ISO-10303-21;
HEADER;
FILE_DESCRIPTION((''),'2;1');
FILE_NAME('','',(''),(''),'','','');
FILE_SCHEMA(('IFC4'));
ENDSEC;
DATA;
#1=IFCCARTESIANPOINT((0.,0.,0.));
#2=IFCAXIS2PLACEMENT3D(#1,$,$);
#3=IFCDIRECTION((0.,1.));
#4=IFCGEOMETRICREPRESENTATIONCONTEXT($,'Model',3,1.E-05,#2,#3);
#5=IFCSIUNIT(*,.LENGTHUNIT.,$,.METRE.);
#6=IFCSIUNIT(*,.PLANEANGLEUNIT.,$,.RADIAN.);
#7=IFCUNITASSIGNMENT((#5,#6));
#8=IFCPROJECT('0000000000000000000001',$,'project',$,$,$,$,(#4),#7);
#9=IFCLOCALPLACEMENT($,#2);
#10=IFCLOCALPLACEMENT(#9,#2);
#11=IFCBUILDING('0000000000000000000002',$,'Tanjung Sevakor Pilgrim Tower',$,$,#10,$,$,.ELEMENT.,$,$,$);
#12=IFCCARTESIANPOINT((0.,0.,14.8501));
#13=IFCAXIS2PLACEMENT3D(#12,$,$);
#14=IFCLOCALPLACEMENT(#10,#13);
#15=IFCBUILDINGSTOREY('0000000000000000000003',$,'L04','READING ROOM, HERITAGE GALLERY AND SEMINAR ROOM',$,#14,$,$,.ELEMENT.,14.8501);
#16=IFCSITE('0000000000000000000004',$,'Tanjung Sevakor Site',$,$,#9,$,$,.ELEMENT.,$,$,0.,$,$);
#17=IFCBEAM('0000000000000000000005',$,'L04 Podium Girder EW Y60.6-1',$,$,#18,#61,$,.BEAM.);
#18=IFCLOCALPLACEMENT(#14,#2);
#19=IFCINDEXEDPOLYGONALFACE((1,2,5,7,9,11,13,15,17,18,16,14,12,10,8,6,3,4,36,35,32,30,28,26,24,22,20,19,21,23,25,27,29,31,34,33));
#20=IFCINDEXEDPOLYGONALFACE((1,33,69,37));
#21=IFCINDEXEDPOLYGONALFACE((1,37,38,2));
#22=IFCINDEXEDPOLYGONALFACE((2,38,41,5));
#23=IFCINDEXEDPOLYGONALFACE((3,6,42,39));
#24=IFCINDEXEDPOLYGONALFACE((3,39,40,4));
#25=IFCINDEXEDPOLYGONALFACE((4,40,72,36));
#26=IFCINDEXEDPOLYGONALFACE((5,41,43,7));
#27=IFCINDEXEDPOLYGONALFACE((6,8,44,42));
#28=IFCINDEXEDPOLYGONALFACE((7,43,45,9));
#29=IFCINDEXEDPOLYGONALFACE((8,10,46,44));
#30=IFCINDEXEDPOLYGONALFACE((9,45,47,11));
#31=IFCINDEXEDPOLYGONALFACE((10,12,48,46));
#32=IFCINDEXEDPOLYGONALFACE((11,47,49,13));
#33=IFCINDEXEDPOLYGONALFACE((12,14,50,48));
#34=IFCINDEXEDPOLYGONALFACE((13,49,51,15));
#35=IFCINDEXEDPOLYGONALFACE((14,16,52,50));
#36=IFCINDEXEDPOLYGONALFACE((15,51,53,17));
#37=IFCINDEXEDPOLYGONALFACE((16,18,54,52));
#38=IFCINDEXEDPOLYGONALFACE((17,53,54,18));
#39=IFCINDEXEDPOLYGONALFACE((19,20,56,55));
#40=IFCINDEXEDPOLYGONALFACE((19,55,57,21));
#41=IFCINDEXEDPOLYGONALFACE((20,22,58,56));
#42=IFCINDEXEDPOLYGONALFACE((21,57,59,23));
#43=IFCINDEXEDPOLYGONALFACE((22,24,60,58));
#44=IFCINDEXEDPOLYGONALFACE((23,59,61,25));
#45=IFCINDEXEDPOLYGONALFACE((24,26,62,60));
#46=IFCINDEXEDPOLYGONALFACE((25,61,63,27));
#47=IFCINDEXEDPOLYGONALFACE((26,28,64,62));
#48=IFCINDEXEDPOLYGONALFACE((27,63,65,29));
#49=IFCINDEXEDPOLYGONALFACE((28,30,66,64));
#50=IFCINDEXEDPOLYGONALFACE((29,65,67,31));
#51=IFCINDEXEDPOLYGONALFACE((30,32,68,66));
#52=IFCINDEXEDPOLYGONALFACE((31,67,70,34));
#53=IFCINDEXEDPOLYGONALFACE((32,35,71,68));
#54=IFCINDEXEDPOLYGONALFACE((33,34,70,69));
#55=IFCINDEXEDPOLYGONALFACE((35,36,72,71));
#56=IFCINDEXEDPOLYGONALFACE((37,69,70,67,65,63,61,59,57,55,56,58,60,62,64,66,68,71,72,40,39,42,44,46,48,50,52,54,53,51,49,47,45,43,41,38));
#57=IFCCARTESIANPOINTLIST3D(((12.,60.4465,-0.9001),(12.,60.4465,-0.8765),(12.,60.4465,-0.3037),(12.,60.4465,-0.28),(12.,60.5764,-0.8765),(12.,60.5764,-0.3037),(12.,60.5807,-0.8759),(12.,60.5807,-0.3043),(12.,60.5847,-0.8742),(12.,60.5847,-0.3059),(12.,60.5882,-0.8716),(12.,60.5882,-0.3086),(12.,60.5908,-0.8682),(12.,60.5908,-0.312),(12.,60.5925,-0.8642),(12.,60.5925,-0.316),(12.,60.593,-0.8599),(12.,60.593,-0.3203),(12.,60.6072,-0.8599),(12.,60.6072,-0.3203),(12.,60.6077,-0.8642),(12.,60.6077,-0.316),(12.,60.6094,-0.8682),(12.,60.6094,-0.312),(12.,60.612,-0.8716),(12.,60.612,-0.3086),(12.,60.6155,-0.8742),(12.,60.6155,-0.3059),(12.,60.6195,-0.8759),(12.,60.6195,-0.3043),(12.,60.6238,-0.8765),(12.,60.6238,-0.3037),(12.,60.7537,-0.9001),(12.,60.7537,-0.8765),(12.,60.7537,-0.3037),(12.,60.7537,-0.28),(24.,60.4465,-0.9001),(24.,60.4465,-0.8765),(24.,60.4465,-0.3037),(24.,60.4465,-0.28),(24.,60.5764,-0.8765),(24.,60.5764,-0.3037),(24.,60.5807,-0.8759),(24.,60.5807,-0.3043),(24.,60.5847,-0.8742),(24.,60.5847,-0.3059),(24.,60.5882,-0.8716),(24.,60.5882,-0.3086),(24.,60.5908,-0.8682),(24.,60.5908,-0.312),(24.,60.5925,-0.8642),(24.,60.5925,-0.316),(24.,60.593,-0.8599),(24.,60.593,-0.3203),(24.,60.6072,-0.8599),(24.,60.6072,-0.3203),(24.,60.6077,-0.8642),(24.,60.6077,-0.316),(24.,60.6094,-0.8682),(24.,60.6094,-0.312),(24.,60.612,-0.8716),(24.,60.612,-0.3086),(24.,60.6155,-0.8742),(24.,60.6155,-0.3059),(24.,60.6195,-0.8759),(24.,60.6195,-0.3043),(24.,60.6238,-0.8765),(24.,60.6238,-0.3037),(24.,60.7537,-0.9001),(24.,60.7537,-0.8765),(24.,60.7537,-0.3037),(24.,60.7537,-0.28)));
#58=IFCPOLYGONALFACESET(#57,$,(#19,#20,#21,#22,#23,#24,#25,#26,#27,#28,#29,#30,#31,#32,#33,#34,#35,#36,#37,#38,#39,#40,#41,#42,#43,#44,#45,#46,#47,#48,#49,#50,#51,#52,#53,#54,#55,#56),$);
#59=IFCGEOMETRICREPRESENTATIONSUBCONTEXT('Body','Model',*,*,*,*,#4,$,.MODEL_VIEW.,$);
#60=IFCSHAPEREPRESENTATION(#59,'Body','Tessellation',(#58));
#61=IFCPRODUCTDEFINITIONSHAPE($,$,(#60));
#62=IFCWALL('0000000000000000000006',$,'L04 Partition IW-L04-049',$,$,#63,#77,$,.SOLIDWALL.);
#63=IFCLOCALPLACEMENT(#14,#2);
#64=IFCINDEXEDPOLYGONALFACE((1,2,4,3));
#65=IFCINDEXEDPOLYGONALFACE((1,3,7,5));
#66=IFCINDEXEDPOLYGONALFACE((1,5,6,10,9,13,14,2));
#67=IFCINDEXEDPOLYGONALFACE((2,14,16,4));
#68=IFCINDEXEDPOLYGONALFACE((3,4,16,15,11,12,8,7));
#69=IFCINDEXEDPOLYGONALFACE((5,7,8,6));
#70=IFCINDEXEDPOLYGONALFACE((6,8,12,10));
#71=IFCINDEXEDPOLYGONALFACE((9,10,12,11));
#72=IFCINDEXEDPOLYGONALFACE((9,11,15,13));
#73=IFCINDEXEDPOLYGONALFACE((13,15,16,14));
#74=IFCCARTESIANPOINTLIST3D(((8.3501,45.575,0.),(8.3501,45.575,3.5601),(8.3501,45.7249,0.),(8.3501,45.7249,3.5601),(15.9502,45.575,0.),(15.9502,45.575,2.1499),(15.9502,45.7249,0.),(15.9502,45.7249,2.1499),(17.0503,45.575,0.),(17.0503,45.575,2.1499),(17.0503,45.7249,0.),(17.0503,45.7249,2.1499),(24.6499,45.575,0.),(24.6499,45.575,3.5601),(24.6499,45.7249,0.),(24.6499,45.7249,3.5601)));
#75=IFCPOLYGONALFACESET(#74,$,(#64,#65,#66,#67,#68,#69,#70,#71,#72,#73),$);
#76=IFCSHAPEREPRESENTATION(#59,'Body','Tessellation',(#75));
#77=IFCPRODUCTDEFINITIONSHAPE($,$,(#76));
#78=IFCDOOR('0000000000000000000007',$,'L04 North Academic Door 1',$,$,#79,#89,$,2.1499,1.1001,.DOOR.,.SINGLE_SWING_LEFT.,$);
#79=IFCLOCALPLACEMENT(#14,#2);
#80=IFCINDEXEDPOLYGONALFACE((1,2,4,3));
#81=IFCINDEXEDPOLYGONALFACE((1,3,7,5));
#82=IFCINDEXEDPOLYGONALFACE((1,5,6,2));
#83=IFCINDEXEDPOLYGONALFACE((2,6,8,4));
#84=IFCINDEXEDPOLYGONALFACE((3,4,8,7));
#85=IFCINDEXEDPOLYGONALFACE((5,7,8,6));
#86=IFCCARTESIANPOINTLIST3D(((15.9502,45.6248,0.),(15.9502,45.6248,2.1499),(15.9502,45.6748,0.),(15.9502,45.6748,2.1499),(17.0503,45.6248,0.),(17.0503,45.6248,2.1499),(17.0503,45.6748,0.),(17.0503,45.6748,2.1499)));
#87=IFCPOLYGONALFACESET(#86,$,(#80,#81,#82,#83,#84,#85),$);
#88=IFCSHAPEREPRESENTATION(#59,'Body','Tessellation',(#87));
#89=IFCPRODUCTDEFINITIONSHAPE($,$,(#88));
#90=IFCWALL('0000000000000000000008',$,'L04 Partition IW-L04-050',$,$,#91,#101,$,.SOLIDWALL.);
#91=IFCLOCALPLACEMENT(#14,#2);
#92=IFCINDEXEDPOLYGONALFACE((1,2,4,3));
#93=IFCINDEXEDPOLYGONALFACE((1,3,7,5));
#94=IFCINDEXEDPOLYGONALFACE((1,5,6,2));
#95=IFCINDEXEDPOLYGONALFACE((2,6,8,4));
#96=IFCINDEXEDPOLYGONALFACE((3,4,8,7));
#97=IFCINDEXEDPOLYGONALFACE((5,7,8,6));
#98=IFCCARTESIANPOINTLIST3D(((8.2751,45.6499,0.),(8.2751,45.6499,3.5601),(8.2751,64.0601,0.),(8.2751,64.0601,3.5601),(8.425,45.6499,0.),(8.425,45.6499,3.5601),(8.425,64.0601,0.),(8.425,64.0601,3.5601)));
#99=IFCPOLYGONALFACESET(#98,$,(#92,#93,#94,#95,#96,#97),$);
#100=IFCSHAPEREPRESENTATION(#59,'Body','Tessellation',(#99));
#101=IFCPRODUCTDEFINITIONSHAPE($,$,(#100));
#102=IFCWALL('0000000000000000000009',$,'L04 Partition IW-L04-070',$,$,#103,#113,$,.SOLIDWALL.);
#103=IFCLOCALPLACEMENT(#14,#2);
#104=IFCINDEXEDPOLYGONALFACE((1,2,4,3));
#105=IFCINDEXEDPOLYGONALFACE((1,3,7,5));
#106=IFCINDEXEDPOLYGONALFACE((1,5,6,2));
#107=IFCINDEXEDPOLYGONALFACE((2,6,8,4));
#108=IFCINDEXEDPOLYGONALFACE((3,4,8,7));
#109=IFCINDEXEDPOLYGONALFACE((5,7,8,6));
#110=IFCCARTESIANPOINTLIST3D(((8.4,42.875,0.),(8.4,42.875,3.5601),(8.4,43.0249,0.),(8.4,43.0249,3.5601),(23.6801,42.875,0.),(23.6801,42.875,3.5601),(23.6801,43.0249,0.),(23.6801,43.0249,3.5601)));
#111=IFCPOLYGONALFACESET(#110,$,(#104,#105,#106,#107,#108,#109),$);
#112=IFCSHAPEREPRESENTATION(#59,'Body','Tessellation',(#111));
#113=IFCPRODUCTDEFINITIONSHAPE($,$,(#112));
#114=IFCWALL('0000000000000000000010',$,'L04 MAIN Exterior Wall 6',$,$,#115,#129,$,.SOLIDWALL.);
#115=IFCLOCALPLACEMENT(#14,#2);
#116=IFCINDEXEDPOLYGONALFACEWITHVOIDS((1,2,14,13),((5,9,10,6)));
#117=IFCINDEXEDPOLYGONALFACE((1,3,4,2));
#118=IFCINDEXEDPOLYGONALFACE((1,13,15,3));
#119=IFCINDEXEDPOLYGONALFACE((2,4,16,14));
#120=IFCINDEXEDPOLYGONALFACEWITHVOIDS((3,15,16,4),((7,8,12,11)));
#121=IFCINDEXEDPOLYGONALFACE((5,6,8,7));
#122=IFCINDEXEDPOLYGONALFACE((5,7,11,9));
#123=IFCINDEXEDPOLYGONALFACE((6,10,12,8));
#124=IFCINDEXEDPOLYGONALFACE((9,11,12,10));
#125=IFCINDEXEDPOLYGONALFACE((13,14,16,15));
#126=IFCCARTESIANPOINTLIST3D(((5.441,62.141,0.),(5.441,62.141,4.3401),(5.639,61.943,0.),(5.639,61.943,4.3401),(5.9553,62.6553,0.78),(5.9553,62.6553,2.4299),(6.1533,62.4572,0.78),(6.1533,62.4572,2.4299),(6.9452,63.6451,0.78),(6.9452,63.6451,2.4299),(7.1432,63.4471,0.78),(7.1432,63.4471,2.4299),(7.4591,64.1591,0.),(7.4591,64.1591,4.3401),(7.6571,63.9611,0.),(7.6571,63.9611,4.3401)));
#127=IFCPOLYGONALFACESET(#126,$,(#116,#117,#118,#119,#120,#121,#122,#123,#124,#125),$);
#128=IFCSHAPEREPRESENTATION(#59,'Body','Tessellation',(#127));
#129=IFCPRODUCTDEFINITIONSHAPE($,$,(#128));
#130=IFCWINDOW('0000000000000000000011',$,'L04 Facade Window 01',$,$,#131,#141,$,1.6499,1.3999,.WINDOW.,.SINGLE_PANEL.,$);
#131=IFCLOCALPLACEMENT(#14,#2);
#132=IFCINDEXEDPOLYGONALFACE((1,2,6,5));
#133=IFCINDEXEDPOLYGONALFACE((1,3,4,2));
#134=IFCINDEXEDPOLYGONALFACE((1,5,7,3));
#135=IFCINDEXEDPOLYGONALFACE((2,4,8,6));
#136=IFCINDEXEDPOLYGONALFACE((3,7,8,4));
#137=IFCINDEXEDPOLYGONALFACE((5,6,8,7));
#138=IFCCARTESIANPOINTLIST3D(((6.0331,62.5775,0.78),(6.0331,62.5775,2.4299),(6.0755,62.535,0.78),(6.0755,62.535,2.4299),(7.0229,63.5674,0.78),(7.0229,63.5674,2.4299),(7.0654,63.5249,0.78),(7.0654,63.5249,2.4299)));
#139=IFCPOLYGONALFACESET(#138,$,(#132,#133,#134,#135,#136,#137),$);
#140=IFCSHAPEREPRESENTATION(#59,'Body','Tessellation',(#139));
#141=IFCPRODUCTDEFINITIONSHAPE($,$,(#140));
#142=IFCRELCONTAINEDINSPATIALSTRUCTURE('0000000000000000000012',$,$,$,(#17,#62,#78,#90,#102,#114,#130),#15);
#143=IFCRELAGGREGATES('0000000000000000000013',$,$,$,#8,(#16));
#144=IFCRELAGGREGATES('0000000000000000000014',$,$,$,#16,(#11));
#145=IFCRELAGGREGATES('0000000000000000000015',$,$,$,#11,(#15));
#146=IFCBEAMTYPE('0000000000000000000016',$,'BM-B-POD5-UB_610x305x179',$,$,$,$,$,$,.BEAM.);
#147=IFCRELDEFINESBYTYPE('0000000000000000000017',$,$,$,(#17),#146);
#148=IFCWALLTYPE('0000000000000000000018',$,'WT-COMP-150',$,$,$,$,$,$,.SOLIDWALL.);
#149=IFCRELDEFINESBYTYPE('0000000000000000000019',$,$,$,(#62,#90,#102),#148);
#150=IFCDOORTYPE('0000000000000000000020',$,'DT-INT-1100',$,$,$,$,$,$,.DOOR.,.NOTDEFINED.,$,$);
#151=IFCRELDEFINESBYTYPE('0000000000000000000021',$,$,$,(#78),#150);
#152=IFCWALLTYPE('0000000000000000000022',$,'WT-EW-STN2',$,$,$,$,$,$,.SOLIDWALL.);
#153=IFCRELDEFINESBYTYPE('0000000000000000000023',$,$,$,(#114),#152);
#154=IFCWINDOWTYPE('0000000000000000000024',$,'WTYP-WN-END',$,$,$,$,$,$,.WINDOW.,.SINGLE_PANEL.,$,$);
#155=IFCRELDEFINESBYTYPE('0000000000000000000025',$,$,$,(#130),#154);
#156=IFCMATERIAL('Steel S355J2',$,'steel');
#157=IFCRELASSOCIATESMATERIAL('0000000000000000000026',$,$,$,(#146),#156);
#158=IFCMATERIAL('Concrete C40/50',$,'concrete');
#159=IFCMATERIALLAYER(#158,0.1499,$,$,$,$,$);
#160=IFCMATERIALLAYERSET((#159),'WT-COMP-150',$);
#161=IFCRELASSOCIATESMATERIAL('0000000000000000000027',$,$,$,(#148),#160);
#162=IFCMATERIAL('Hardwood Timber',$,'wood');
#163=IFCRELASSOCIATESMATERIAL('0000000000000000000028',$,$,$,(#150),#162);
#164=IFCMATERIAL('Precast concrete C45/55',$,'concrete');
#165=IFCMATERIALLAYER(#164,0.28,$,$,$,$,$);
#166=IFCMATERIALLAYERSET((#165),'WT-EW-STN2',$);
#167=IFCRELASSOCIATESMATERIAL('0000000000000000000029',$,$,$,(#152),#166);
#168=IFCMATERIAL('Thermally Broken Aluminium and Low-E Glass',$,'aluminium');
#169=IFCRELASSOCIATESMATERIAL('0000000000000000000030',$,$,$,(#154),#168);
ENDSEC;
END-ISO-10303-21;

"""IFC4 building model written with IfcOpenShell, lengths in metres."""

from ifc_helpers import new_model, si_unit, direction, frame, frame_2d, origin, origin_2d, place, context, subcontext, project, spatial, rectangle, i_section, extrude, material, layer, layer_set, material_profile, profile_set, type_object, element, fill, save


model = new_model("IFC4")

# Units and contexts
model_context = context("Model", 3, precision=1e-05, world=origin(), true_north=direction((0.0, 1.0)))
body_context = subcontext(model_context, "Body", "Model", "MODEL_VIEW")
ifc_project = project(units=[si_unit("LENGTHUNIT", "METRE"), si_unit("PLANEANGLEUNIT", "RADIAN")], contexts=[model_context])

# Site, building, storey
site_placement = place(None, origin())
site = spatial("IfcSite", under=ifc_project, at=site_placement, Name="Tanjung Sevakor Site", CompositionType="ELEMENT", RefElevation=0.0)
building_placement = place(site_placement, origin())
building = spatial("IfcBuilding", under=site, at=building_placement, Name="Tanjung Sevakor Pilgrim Tower", CompositionType="ELEMENT")
storey_placement = place(building_placement, frame((0.0, 0.0, 14.8501)))
storey = spatial("IfcBuildingStorey", under=building, at=storey_placement, Name="L04", Description="READING ROOM, HERITAGE GALLERY AND SEMINAR ROOM", CompositionType="ELEMENT", Elevation=14.8501)

# Beam
ifc_material_1 = material(Name="Steel S355J2", Category="steel")
ifc_material_profile_1 = material_profile(ifc_material_1, i_section(OverallWidth=0.3071, OverallDepth=0.6201, WebThickness=0.0142, FlangeThickness=0.0237, FilletRadius=0.0166, at=origin_2d()))
ifc_profile_set_1 = profile_set([ifc_material_profile_1], Name="Steel S355J2")
beam_type_1 = type_object("IfcBeamType", Name="BM-B-POD5-UB_610x305x179", PredefinedType="BEAM", material=ifc_profile_set_1)
beam_placement = place(storey_placement, frame((12.0, 60.6001, -0.5901), z_axis=(1.0, 0.0, 0.0), x_axis=(0.0, 1.0, 0.0)))
element("IfcBeam", 1, at=beam_placement, inside=storey, type_object=beam_type_1, Name="L04 Podium Girder EW Y60.6-1", PredefinedType="BEAM", context=body_context, shape_type="SweptSolid", body=[
    extrude(i_section(OverallWidth=0.3071, OverallDepth=0.6201, WebThickness=0.0142, FlangeThickness=0.0237, FilletRadius=0.0166, at=origin_2d()), origin(), (0.0, 0.0, 1.0), 12.0),
])

# Wall, opening, door
ifc_material_2 = material(Name="Concrete C40/50", Category="concrete")
ifc_layer_1 = layer(ifc_material_2, 0.1499)
ifc_layer_set_1 = layer_set([ifc_layer_1], Name="WT-COMP-150")
wall_type_1 = type_object("IfcWallType", Name="WT-COMP-150", PredefinedType="SOLIDWALL", material=ifc_layer_set_1)
wall_1_placement = place(storey_placement, frame((8.3501, 45.6499, 0.0), z_axis=(0.0, 0.0, 1.0), x_axis=(1.0, 0.0, 0.0)))
wall_1 = element("IfcWall", 2, at=wall_1_placement, inside=storey, type_object=wall_type_1, Name="L04 Partition IW-L04-049", PredefinedType="SOLIDWALL", context=body_context, shape_type="SweptSolid", body=[
    extrude(rectangle(XDim=16.2998, YDim=0.1499, at=frame_2d((8.1499, 0.0))), origin(), (0.0, 0.0, 1.0), 3.5601),
])
opening_1_placement = place(wall_1_placement, frame((7.6001, 0.0, 0.0)))
opening_1 = element("IfcOpeningElement", 3, at=opening_1_placement, cuts=wall_1, PredefinedType="OPENING", context=body_context, shape_type="SweptSolid", body=[
    extrude(rectangle(XDim=1.1001, YDim=2.1499, at=frame_2d((0.55, 1.075))), frame((0.0, 0.085, 0.0), z_axis=(0.0, -1.0, 0.0), x_axis=(1.0, 0.0, 0.0)), (0.0, 0.0, 1.0), 0.1699),
])
ifc_material_3 = material(Name="Hardwood Timber", Category="wood")
door_type = type_object("IfcDoorType", Name="DT-INT-1100", OperationType="NOTDEFINED", PredefinedType="DOOR", material=ifc_material_3)
door_placement = place(opening_1_placement, origin())
door = element("IfcDoor", 4, at=door_placement, inside=storey, type_object=door_type, Name="L04 North Academic Door 1", OperationType="SINGLE_SWING_LEFT", OverallHeight=2.1499, OverallWidth=1.1001, PredefinedType="DOOR", context=body_context, shape_type="SweptSolid", body=[
    extrude(rectangle(XDim=1.1001, YDim=2.1499, at=frame_2d((0.55, 1.075))), frame((0.0, 0.0249, 0.0), z_axis=(0.0, -1.0, 0.0), x_axis=(1.0, 0.0, 0.0)), (0.0, 0.0, 1.0), 0.05),
])
fill(opening_1, door)

# Walls
wall_2_placement = place(storey_placement, frame((8.3501, 45.6499, 0.0), z_axis=(0.0, 0.0, 1.0), x_axis=(0.0, 1.0, 0.0)))
element("IfcWall", 5, at=wall_2_placement, inside=storey, type_object=wall_type_1, Name="L04 Partition IW-L04-050", PredefinedType="SOLIDWALL", context=body_context, shape_type="SweptSolid", body=[
    extrude(rectangle(XDim=18.4102, YDim=0.1499, at=frame_2d((9.2051, 0.0))), origin(), (0.0, 0.0, 1.0), 3.5601),
])
wall_3_placement = place(storey_placement, frame((8.3999, 42.95, 0.0), z_axis=(0.0, 0.0, 1.0), x_axis=(1.0, 0.0, 0.0)))
element("IfcWall", 6, at=wall_3_placement, inside=storey, type_object=wall_type_1, Name="L04 Partition IW-L04-070", PredefinedType="SOLIDWALL", context=body_context, shape_type="SweptSolid", body=[
    extrude(rectangle(XDim=15.28, YDim=0.1499, at=frame_2d((7.6401, 0.0))), origin(), (0.0, 0.0, 1.0), 3.5601),
])

# Wall, opening, window
ifc_material_4 = material(Name="Precast concrete C45/55", Category="concrete")
ifc_layer_2 = layer(ifc_material_4, 0.28)
ifc_layer_set_2 = layer_set([ifc_layer_2], Name="WT-EW-STN2")
wall_type_2 = type_object("IfcWallType", Name="WT-EW-STN2", PredefinedType="SOLIDWALL", material=ifc_layer_set_2)
wall_4_placement = place(storey_placement, frame((7.5581, 64.0601, 0.0), z_axis=(0.0, 0.0, 1.0), x_axis=(-0.707107, -0.707107, 0.0)))
wall_4 = element("IfcWall", 7, at=wall_4_placement, inside=storey, type_object=wall_type_2, Name="L04 MAIN Exterior Wall 6", PredefinedType="SOLIDWALL", context=body_context, shape_type="SweptSolid", body=[
    extrude(rectangle(XDim=2.854, YDim=0.28, at=frame_2d((1.427, 0.0))), origin(), (0.0, 0.0, 1.0), 4.3401),
])
opening_2_placement = place(wall_4_placement, frame((0.7268, 0.0, 0.78)))
opening_2 = element("IfcOpeningElement", 8, at=opening_2_placement, cuts=wall_4, PredefinedType="OPENING", context=body_context, shape_type="SweptSolid", body=[
    extrude(rectangle(XDim=1.3999, YDim=1.6499, at=frame_2d((0.7, 0.825))), frame((0.0, 0.1499, 0.0), z_axis=(0.0, -1.0, 0.0), x_axis=(1.0, 0.0, 0.0)), (0.0, 0.0, 1.0), 0.3),
])
ifc_material_5 = material(Name="Thermally Broken Aluminium and Low-E Glass", Category="aluminium")
window_type_1 = type_object("IfcWindowType", Name="WTYP-WN-END", PartitioningType="SINGLE_PANEL", PredefinedType="WINDOW", material=ifc_material_5)
window_1_placement = place(opening_2_placement, origin())
window_1 = element("IfcWindow", 9, at=window_1_placement, inside=storey, type_object=window_type_1, Name="L04 Facade Window 01", OverallHeight=1.6499, OverallWidth=1.3999, PartitioningType="SINGLE_PANEL", PredefinedType="WINDOW", context=body_context, shape_type="SweptSolid", body=[
    extrude(rectangle(XDim=1.3999, YDim=1.6499, at=frame_2d((0.7, 0.825))), frame((0.0, 0.03, 0.0), z_axis=(0.0, -1.0, 0.0), x_axis=(1.0, 0.0, 0.0)), (0.0, 0.0, 1.0), 0.0601),
])
fill(opening_2, window_1)

save(model, "model.ifc")
